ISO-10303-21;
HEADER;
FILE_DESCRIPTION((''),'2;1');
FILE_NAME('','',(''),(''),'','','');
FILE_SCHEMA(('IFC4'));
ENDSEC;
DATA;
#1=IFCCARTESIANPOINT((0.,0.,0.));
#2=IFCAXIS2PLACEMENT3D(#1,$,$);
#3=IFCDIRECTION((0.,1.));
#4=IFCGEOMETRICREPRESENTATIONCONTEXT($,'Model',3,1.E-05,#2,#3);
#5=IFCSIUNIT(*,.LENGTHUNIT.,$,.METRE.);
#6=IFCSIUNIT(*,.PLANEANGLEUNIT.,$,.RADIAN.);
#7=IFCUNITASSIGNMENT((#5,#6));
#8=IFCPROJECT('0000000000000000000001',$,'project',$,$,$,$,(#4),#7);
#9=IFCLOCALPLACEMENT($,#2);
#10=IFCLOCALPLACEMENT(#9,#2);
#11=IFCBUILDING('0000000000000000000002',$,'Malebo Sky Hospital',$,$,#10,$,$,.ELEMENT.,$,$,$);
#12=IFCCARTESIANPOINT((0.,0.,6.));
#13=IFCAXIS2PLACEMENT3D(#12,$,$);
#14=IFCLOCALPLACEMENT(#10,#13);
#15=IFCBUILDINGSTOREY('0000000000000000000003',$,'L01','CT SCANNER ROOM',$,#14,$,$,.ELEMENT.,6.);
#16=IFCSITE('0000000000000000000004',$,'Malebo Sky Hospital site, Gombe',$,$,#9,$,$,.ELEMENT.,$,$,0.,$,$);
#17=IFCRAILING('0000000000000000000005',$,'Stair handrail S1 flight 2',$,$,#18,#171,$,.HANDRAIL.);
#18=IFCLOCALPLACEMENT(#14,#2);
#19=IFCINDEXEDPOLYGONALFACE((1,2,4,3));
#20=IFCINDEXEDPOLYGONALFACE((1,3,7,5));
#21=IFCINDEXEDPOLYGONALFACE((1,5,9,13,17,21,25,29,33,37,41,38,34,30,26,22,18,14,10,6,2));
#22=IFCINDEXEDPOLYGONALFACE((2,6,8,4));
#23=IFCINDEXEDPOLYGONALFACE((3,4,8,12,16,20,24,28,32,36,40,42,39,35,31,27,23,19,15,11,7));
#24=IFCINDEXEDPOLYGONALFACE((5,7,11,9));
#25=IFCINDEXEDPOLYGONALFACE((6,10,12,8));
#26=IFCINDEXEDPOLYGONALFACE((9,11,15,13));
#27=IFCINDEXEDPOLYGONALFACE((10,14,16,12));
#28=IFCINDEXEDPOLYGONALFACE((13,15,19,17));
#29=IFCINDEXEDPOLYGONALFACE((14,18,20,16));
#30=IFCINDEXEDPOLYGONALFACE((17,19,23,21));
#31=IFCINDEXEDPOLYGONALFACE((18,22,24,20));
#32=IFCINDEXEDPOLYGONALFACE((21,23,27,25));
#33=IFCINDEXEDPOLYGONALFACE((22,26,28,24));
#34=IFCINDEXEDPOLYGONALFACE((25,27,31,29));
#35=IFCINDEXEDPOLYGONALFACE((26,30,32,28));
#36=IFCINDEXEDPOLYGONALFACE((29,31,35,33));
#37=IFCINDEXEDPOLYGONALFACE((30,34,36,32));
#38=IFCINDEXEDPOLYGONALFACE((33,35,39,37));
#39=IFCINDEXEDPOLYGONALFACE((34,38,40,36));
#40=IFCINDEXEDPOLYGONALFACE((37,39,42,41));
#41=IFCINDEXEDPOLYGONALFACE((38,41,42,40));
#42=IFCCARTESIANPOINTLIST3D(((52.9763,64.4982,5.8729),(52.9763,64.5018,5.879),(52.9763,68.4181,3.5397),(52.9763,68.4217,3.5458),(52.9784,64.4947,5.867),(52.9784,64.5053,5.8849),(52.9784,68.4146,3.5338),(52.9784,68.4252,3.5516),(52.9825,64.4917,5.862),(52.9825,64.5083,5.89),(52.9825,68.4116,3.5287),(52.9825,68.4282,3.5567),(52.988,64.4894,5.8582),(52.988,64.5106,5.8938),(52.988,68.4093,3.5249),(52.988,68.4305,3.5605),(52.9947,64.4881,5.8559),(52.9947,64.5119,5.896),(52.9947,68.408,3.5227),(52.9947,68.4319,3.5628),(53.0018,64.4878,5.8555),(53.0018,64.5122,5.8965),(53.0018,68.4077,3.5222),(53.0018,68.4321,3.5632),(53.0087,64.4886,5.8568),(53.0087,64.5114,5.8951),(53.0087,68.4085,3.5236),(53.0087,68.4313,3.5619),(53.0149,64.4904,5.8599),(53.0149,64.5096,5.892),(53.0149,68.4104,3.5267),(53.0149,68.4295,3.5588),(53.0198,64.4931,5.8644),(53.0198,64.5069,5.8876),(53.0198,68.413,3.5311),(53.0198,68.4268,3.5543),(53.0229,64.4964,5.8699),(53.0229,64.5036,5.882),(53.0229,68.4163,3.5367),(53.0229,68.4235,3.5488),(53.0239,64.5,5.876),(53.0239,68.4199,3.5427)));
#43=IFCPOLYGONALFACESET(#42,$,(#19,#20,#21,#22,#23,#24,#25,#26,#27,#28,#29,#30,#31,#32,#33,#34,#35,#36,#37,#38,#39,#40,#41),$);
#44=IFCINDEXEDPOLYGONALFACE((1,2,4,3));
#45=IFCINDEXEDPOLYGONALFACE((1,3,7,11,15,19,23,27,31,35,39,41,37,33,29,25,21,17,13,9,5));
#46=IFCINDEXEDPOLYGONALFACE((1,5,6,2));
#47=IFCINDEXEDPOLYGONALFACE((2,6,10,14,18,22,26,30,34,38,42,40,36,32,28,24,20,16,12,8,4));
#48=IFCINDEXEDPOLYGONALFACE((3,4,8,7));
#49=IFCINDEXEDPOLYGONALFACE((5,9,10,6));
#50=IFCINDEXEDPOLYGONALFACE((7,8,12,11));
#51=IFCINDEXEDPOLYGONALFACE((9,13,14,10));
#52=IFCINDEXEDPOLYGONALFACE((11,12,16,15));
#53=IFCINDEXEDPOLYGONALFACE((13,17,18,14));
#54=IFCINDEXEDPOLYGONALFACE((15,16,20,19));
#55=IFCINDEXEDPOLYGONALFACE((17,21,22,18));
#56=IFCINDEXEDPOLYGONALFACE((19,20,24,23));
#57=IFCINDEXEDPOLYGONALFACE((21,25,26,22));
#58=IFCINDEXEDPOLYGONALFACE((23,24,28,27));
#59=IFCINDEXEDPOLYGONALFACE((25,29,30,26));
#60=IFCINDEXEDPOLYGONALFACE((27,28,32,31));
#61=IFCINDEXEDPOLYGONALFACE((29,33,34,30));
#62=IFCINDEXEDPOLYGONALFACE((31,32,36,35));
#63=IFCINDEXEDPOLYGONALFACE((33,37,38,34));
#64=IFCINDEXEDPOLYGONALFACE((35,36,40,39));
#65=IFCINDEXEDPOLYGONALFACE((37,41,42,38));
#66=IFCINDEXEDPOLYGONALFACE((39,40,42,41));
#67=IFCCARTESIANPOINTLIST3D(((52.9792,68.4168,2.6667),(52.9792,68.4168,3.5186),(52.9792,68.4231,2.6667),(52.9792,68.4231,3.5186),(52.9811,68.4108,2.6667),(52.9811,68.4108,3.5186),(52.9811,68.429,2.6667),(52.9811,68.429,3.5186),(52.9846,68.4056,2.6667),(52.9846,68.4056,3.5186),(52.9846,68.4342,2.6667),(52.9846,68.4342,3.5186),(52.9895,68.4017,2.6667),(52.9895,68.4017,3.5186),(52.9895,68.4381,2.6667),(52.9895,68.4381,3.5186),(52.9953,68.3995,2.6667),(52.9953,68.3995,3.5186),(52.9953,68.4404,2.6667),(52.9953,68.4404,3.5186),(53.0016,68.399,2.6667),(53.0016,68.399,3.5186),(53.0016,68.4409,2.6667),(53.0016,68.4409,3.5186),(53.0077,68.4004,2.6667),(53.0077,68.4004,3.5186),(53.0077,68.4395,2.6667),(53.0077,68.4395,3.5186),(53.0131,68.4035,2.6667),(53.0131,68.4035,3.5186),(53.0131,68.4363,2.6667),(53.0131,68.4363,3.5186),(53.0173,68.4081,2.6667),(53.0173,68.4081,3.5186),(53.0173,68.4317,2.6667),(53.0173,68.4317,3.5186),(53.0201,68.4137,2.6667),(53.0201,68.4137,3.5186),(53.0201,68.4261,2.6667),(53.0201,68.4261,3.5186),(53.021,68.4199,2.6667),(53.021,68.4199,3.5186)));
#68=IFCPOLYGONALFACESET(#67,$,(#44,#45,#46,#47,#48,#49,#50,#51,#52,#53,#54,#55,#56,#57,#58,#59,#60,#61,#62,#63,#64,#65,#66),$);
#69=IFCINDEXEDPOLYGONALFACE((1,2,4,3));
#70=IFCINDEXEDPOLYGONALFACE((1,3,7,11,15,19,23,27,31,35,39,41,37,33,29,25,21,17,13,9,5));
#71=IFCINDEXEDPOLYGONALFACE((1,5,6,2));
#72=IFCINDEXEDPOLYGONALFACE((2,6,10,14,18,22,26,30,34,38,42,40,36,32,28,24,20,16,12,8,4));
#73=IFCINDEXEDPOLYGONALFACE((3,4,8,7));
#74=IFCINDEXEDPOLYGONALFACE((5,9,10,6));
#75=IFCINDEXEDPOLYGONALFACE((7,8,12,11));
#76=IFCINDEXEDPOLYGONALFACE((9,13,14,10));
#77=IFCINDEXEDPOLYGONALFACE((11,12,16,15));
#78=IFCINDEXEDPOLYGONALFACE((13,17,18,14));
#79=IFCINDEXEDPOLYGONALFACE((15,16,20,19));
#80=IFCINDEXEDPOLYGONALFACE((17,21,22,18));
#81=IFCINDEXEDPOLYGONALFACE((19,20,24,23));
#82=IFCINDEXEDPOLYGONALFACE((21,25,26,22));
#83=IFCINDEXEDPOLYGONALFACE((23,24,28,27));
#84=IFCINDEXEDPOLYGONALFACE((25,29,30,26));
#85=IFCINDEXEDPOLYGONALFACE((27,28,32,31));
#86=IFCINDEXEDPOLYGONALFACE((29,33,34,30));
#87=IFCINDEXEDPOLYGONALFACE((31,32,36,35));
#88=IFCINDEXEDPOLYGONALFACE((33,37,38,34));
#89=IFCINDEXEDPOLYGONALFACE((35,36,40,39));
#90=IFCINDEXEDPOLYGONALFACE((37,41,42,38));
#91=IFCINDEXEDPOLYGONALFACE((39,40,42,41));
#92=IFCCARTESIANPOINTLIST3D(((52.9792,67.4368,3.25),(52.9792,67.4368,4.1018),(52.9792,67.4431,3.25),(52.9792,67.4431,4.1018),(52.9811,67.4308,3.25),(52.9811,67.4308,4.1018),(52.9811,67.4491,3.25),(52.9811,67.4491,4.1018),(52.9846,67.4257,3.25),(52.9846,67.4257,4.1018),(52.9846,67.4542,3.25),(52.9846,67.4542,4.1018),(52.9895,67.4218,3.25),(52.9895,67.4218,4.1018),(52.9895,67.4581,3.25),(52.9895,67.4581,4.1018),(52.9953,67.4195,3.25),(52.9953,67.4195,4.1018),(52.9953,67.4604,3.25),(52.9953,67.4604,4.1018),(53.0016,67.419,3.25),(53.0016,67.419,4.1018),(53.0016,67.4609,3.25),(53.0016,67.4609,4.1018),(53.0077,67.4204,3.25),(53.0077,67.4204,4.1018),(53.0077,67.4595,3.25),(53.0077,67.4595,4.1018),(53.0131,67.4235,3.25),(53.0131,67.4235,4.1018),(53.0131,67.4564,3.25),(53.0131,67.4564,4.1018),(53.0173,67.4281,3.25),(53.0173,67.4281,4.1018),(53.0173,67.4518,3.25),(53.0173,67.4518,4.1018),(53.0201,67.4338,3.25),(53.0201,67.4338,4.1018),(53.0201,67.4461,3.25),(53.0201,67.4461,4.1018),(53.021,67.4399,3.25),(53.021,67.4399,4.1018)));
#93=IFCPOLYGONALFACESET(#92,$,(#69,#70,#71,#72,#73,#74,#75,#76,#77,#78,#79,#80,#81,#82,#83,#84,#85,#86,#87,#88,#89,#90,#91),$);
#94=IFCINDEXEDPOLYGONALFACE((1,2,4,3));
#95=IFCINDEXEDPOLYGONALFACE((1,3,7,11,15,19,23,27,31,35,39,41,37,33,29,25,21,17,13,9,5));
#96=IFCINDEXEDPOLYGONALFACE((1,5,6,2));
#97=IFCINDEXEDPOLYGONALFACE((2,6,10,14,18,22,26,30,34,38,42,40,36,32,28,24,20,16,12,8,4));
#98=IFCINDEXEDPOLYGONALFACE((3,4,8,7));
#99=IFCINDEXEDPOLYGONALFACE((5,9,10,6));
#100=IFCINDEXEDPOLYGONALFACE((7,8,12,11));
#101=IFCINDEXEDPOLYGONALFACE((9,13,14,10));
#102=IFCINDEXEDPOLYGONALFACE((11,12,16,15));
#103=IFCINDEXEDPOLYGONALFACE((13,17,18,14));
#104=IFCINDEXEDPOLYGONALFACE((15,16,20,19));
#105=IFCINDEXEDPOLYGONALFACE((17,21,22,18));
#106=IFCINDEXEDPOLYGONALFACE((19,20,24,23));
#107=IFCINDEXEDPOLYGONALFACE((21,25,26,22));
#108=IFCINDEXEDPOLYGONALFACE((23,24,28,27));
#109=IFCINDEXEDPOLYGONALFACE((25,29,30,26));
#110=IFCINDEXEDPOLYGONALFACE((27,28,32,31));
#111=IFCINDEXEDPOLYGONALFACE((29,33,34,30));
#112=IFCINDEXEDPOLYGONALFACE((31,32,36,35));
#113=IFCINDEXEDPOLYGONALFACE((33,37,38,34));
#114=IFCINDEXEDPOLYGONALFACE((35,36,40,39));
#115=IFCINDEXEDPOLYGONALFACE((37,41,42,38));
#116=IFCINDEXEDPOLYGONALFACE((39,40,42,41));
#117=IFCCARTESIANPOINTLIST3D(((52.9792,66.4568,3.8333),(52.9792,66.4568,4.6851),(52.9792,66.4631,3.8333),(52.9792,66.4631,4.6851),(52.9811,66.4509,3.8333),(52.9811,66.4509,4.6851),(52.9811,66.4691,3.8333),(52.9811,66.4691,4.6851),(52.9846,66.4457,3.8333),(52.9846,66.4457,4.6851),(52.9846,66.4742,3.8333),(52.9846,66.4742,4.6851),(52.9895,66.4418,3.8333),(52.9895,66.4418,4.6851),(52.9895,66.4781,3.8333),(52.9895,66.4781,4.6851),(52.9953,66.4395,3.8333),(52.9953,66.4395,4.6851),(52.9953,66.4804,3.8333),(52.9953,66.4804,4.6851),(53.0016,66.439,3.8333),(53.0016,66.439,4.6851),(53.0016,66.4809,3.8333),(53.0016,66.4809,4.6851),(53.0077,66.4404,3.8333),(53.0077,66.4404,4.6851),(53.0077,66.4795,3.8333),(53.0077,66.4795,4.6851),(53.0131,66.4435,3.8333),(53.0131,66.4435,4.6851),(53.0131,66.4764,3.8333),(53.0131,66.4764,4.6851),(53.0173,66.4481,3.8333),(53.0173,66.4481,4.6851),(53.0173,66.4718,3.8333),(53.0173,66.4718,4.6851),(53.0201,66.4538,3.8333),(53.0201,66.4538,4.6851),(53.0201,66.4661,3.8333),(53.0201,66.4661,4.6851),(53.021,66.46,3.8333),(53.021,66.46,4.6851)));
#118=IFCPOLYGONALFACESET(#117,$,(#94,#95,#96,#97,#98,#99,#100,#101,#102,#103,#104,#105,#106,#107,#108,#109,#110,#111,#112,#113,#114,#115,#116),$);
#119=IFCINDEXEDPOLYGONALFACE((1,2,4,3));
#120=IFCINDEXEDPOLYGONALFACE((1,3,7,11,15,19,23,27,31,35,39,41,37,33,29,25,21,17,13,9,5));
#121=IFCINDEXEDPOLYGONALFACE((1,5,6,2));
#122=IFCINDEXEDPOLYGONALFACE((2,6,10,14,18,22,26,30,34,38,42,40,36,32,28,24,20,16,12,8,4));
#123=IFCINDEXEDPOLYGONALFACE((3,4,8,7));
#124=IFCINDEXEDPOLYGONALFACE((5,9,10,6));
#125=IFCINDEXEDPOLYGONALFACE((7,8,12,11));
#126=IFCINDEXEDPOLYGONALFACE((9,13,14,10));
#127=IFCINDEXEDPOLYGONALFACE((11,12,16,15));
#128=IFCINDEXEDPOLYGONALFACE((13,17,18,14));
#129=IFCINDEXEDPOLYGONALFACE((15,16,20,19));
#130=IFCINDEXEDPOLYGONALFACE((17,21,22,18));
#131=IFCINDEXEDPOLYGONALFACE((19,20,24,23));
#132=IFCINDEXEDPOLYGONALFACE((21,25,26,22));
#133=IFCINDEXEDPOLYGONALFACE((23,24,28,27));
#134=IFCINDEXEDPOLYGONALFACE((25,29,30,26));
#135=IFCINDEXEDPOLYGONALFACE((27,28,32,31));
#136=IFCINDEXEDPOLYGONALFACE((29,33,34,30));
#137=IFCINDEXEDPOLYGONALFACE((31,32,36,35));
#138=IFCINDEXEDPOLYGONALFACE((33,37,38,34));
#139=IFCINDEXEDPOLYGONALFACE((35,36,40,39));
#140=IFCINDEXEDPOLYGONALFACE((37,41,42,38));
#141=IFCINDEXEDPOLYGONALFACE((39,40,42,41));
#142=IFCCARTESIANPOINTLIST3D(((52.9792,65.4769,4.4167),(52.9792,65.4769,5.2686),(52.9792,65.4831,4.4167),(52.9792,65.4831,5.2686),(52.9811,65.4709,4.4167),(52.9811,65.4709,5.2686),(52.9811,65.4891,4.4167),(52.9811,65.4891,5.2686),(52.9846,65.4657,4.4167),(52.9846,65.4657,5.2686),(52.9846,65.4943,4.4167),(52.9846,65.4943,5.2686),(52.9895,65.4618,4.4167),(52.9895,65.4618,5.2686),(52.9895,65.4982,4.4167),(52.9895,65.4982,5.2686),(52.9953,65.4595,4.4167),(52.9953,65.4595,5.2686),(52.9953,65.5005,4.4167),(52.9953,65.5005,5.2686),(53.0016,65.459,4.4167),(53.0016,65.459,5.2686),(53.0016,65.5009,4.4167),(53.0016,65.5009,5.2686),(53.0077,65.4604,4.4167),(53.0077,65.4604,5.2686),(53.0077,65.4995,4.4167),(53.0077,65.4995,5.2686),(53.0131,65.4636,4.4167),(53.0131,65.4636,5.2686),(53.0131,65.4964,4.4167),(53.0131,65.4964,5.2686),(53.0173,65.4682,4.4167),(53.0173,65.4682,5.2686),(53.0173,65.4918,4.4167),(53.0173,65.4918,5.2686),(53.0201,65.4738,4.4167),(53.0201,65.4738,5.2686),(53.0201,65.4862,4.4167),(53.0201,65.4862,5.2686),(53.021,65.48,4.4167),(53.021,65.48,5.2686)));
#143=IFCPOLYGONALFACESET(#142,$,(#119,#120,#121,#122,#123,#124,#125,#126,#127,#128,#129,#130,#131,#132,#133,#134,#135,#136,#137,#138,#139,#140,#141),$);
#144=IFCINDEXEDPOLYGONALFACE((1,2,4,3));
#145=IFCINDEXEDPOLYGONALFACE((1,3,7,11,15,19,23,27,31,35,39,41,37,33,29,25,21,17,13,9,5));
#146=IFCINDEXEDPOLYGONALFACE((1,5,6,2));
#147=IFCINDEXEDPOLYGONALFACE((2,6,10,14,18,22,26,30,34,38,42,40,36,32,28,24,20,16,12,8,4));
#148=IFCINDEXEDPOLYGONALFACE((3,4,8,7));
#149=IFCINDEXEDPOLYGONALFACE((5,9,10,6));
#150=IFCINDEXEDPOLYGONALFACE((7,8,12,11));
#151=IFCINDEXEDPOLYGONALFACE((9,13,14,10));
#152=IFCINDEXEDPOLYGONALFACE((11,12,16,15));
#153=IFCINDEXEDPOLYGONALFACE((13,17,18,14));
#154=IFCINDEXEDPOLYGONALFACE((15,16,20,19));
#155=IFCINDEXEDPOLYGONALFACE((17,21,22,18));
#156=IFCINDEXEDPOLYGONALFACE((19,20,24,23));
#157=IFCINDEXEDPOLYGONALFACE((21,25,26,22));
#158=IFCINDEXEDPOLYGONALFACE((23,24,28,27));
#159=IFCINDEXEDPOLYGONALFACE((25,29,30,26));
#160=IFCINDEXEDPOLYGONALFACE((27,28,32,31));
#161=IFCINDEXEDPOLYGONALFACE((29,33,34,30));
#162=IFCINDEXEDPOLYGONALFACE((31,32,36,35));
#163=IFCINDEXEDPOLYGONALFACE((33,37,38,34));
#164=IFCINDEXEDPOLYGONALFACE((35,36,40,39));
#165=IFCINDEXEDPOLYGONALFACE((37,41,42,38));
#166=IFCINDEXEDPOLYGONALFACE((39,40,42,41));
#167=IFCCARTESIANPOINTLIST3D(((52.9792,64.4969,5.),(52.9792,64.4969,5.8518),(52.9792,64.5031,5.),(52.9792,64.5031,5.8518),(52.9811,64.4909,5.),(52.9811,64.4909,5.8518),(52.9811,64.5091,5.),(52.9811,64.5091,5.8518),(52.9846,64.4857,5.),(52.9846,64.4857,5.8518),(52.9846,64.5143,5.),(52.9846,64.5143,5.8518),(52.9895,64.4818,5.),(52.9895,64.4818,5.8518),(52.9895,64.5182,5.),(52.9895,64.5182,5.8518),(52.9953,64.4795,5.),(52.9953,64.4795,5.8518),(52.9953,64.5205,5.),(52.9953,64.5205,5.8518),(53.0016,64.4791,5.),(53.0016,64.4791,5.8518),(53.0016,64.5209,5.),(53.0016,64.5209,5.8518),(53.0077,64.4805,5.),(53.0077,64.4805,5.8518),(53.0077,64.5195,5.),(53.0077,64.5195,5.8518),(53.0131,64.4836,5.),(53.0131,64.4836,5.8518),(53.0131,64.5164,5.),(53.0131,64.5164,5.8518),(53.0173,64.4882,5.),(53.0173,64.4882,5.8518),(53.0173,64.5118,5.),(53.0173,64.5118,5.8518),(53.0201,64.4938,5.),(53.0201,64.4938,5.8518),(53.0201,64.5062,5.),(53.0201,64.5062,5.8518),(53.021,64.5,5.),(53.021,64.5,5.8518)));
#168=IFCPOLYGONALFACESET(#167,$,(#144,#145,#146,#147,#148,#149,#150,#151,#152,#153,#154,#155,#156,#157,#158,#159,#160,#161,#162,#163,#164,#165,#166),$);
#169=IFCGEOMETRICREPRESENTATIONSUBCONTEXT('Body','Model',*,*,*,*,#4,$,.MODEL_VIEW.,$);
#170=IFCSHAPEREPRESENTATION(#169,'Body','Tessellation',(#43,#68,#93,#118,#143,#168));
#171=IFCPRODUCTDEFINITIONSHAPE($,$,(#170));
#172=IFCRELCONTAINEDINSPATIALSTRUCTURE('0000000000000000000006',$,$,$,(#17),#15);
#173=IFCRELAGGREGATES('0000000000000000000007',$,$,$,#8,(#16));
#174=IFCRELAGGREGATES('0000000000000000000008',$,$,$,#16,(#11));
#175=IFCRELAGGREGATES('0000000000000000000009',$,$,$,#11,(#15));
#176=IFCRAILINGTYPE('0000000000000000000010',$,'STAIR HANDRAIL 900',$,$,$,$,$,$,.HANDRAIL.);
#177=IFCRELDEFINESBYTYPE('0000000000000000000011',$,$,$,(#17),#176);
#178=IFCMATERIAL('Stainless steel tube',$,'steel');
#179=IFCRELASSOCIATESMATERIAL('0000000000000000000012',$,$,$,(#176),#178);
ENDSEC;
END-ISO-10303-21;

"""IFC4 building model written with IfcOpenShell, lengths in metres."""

from ifc_helpers import new_model, si_unit, direction, frame, origin, origin_2d, place, context, subcontext, project, spatial, circle, extrude, material, type_object, element, save


model = new_model("IFC4")

# Units and contexts
model_context = context("Model", 3, precision=1e-05, world=origin(), true_north=direction((0.0, 1.0)))
body_context = subcontext(model_context, "Body", "Model", "MODEL_VIEW")
ifc_project = project(units=[si_unit("LENGTHUNIT", "METRE"), si_unit("PLANEANGLEUNIT", "RADIAN")], contexts=[model_context])

# Site, building, storey
site_placement = place(None, origin())
site = spatial("IfcSite", under=ifc_project, at=site_placement, Name="Malebo Sky Hospital site, Gombe", CompositionType="ELEMENT", RefElevation=0.0)
building_placement = place(site_placement, origin())
building = spatial("IfcBuilding", under=site, at=building_placement, Name="Malebo Sky Hospital", CompositionType="ELEMENT")
storey_placement = place(building_placement, frame((0.0, 0.0, 6.0)))
storey = spatial("IfcBuildingStorey", under=building, at=storey_placement, Name="L01", Description="CT SCANNER ROOM", CompositionType="ELEMENT", Elevation=6.0)

# Railing
ifc_material_1 = material(Name="Stainless steel tube", Category="steel")
railing_type = type_object("IfcRailingType", Name="STAIR HANDRAIL 900", PredefinedType="HANDRAIL", material=ifc_material_1)
railing_1_placement = place(storey_placement, frame((53.0, 68.4199, 2.6667)))
element("IfcRailing", 1, at=railing_1_placement, inside=storey, type_object=railing_type, Name="Stair handrail S1 flight 2", PredefinedType="HANDRAIL", context=body_context, shape_type="SweptSolid", body=[
    extrude(circle(Radius=0.0239, at=origin_2d()), frame((0.0, 0.0, 0.876), z_axis=(0.0, -0.859296, 0.511478), x_axis=(1.0, 0.0, 0.0)), (0.0, 0.0, 1.0), 4.5618),
    extrude(circle(Radius=0.021, at=origin_2d()), origin(), (0.0, 0.0, 1.0), 0.8518),
    extrude(circle(Radius=0.021, at=origin_2d()), frame((0.0, -0.98, 0.5833)), (0.0, 0.0, 1.0), 0.8518),
    extrude(circle(Radius=0.021, at=origin_2d()), frame((0.0, -1.96, 1.1665)), (0.0, 0.0, 1.0), 0.8518),
    extrude(circle(Radius=0.021, at=origin_2d()), frame((0.0, -2.9399, 1.75)), (0.0, 0.0, 1.0), 0.8518),
    extrude(circle(Radius=0.021, at=origin_2d()), frame((0.0, -3.9199, 2.3333)), (0.0, 0.0, 1.0), 0.8518),
])

save(model, "model.ifc")
